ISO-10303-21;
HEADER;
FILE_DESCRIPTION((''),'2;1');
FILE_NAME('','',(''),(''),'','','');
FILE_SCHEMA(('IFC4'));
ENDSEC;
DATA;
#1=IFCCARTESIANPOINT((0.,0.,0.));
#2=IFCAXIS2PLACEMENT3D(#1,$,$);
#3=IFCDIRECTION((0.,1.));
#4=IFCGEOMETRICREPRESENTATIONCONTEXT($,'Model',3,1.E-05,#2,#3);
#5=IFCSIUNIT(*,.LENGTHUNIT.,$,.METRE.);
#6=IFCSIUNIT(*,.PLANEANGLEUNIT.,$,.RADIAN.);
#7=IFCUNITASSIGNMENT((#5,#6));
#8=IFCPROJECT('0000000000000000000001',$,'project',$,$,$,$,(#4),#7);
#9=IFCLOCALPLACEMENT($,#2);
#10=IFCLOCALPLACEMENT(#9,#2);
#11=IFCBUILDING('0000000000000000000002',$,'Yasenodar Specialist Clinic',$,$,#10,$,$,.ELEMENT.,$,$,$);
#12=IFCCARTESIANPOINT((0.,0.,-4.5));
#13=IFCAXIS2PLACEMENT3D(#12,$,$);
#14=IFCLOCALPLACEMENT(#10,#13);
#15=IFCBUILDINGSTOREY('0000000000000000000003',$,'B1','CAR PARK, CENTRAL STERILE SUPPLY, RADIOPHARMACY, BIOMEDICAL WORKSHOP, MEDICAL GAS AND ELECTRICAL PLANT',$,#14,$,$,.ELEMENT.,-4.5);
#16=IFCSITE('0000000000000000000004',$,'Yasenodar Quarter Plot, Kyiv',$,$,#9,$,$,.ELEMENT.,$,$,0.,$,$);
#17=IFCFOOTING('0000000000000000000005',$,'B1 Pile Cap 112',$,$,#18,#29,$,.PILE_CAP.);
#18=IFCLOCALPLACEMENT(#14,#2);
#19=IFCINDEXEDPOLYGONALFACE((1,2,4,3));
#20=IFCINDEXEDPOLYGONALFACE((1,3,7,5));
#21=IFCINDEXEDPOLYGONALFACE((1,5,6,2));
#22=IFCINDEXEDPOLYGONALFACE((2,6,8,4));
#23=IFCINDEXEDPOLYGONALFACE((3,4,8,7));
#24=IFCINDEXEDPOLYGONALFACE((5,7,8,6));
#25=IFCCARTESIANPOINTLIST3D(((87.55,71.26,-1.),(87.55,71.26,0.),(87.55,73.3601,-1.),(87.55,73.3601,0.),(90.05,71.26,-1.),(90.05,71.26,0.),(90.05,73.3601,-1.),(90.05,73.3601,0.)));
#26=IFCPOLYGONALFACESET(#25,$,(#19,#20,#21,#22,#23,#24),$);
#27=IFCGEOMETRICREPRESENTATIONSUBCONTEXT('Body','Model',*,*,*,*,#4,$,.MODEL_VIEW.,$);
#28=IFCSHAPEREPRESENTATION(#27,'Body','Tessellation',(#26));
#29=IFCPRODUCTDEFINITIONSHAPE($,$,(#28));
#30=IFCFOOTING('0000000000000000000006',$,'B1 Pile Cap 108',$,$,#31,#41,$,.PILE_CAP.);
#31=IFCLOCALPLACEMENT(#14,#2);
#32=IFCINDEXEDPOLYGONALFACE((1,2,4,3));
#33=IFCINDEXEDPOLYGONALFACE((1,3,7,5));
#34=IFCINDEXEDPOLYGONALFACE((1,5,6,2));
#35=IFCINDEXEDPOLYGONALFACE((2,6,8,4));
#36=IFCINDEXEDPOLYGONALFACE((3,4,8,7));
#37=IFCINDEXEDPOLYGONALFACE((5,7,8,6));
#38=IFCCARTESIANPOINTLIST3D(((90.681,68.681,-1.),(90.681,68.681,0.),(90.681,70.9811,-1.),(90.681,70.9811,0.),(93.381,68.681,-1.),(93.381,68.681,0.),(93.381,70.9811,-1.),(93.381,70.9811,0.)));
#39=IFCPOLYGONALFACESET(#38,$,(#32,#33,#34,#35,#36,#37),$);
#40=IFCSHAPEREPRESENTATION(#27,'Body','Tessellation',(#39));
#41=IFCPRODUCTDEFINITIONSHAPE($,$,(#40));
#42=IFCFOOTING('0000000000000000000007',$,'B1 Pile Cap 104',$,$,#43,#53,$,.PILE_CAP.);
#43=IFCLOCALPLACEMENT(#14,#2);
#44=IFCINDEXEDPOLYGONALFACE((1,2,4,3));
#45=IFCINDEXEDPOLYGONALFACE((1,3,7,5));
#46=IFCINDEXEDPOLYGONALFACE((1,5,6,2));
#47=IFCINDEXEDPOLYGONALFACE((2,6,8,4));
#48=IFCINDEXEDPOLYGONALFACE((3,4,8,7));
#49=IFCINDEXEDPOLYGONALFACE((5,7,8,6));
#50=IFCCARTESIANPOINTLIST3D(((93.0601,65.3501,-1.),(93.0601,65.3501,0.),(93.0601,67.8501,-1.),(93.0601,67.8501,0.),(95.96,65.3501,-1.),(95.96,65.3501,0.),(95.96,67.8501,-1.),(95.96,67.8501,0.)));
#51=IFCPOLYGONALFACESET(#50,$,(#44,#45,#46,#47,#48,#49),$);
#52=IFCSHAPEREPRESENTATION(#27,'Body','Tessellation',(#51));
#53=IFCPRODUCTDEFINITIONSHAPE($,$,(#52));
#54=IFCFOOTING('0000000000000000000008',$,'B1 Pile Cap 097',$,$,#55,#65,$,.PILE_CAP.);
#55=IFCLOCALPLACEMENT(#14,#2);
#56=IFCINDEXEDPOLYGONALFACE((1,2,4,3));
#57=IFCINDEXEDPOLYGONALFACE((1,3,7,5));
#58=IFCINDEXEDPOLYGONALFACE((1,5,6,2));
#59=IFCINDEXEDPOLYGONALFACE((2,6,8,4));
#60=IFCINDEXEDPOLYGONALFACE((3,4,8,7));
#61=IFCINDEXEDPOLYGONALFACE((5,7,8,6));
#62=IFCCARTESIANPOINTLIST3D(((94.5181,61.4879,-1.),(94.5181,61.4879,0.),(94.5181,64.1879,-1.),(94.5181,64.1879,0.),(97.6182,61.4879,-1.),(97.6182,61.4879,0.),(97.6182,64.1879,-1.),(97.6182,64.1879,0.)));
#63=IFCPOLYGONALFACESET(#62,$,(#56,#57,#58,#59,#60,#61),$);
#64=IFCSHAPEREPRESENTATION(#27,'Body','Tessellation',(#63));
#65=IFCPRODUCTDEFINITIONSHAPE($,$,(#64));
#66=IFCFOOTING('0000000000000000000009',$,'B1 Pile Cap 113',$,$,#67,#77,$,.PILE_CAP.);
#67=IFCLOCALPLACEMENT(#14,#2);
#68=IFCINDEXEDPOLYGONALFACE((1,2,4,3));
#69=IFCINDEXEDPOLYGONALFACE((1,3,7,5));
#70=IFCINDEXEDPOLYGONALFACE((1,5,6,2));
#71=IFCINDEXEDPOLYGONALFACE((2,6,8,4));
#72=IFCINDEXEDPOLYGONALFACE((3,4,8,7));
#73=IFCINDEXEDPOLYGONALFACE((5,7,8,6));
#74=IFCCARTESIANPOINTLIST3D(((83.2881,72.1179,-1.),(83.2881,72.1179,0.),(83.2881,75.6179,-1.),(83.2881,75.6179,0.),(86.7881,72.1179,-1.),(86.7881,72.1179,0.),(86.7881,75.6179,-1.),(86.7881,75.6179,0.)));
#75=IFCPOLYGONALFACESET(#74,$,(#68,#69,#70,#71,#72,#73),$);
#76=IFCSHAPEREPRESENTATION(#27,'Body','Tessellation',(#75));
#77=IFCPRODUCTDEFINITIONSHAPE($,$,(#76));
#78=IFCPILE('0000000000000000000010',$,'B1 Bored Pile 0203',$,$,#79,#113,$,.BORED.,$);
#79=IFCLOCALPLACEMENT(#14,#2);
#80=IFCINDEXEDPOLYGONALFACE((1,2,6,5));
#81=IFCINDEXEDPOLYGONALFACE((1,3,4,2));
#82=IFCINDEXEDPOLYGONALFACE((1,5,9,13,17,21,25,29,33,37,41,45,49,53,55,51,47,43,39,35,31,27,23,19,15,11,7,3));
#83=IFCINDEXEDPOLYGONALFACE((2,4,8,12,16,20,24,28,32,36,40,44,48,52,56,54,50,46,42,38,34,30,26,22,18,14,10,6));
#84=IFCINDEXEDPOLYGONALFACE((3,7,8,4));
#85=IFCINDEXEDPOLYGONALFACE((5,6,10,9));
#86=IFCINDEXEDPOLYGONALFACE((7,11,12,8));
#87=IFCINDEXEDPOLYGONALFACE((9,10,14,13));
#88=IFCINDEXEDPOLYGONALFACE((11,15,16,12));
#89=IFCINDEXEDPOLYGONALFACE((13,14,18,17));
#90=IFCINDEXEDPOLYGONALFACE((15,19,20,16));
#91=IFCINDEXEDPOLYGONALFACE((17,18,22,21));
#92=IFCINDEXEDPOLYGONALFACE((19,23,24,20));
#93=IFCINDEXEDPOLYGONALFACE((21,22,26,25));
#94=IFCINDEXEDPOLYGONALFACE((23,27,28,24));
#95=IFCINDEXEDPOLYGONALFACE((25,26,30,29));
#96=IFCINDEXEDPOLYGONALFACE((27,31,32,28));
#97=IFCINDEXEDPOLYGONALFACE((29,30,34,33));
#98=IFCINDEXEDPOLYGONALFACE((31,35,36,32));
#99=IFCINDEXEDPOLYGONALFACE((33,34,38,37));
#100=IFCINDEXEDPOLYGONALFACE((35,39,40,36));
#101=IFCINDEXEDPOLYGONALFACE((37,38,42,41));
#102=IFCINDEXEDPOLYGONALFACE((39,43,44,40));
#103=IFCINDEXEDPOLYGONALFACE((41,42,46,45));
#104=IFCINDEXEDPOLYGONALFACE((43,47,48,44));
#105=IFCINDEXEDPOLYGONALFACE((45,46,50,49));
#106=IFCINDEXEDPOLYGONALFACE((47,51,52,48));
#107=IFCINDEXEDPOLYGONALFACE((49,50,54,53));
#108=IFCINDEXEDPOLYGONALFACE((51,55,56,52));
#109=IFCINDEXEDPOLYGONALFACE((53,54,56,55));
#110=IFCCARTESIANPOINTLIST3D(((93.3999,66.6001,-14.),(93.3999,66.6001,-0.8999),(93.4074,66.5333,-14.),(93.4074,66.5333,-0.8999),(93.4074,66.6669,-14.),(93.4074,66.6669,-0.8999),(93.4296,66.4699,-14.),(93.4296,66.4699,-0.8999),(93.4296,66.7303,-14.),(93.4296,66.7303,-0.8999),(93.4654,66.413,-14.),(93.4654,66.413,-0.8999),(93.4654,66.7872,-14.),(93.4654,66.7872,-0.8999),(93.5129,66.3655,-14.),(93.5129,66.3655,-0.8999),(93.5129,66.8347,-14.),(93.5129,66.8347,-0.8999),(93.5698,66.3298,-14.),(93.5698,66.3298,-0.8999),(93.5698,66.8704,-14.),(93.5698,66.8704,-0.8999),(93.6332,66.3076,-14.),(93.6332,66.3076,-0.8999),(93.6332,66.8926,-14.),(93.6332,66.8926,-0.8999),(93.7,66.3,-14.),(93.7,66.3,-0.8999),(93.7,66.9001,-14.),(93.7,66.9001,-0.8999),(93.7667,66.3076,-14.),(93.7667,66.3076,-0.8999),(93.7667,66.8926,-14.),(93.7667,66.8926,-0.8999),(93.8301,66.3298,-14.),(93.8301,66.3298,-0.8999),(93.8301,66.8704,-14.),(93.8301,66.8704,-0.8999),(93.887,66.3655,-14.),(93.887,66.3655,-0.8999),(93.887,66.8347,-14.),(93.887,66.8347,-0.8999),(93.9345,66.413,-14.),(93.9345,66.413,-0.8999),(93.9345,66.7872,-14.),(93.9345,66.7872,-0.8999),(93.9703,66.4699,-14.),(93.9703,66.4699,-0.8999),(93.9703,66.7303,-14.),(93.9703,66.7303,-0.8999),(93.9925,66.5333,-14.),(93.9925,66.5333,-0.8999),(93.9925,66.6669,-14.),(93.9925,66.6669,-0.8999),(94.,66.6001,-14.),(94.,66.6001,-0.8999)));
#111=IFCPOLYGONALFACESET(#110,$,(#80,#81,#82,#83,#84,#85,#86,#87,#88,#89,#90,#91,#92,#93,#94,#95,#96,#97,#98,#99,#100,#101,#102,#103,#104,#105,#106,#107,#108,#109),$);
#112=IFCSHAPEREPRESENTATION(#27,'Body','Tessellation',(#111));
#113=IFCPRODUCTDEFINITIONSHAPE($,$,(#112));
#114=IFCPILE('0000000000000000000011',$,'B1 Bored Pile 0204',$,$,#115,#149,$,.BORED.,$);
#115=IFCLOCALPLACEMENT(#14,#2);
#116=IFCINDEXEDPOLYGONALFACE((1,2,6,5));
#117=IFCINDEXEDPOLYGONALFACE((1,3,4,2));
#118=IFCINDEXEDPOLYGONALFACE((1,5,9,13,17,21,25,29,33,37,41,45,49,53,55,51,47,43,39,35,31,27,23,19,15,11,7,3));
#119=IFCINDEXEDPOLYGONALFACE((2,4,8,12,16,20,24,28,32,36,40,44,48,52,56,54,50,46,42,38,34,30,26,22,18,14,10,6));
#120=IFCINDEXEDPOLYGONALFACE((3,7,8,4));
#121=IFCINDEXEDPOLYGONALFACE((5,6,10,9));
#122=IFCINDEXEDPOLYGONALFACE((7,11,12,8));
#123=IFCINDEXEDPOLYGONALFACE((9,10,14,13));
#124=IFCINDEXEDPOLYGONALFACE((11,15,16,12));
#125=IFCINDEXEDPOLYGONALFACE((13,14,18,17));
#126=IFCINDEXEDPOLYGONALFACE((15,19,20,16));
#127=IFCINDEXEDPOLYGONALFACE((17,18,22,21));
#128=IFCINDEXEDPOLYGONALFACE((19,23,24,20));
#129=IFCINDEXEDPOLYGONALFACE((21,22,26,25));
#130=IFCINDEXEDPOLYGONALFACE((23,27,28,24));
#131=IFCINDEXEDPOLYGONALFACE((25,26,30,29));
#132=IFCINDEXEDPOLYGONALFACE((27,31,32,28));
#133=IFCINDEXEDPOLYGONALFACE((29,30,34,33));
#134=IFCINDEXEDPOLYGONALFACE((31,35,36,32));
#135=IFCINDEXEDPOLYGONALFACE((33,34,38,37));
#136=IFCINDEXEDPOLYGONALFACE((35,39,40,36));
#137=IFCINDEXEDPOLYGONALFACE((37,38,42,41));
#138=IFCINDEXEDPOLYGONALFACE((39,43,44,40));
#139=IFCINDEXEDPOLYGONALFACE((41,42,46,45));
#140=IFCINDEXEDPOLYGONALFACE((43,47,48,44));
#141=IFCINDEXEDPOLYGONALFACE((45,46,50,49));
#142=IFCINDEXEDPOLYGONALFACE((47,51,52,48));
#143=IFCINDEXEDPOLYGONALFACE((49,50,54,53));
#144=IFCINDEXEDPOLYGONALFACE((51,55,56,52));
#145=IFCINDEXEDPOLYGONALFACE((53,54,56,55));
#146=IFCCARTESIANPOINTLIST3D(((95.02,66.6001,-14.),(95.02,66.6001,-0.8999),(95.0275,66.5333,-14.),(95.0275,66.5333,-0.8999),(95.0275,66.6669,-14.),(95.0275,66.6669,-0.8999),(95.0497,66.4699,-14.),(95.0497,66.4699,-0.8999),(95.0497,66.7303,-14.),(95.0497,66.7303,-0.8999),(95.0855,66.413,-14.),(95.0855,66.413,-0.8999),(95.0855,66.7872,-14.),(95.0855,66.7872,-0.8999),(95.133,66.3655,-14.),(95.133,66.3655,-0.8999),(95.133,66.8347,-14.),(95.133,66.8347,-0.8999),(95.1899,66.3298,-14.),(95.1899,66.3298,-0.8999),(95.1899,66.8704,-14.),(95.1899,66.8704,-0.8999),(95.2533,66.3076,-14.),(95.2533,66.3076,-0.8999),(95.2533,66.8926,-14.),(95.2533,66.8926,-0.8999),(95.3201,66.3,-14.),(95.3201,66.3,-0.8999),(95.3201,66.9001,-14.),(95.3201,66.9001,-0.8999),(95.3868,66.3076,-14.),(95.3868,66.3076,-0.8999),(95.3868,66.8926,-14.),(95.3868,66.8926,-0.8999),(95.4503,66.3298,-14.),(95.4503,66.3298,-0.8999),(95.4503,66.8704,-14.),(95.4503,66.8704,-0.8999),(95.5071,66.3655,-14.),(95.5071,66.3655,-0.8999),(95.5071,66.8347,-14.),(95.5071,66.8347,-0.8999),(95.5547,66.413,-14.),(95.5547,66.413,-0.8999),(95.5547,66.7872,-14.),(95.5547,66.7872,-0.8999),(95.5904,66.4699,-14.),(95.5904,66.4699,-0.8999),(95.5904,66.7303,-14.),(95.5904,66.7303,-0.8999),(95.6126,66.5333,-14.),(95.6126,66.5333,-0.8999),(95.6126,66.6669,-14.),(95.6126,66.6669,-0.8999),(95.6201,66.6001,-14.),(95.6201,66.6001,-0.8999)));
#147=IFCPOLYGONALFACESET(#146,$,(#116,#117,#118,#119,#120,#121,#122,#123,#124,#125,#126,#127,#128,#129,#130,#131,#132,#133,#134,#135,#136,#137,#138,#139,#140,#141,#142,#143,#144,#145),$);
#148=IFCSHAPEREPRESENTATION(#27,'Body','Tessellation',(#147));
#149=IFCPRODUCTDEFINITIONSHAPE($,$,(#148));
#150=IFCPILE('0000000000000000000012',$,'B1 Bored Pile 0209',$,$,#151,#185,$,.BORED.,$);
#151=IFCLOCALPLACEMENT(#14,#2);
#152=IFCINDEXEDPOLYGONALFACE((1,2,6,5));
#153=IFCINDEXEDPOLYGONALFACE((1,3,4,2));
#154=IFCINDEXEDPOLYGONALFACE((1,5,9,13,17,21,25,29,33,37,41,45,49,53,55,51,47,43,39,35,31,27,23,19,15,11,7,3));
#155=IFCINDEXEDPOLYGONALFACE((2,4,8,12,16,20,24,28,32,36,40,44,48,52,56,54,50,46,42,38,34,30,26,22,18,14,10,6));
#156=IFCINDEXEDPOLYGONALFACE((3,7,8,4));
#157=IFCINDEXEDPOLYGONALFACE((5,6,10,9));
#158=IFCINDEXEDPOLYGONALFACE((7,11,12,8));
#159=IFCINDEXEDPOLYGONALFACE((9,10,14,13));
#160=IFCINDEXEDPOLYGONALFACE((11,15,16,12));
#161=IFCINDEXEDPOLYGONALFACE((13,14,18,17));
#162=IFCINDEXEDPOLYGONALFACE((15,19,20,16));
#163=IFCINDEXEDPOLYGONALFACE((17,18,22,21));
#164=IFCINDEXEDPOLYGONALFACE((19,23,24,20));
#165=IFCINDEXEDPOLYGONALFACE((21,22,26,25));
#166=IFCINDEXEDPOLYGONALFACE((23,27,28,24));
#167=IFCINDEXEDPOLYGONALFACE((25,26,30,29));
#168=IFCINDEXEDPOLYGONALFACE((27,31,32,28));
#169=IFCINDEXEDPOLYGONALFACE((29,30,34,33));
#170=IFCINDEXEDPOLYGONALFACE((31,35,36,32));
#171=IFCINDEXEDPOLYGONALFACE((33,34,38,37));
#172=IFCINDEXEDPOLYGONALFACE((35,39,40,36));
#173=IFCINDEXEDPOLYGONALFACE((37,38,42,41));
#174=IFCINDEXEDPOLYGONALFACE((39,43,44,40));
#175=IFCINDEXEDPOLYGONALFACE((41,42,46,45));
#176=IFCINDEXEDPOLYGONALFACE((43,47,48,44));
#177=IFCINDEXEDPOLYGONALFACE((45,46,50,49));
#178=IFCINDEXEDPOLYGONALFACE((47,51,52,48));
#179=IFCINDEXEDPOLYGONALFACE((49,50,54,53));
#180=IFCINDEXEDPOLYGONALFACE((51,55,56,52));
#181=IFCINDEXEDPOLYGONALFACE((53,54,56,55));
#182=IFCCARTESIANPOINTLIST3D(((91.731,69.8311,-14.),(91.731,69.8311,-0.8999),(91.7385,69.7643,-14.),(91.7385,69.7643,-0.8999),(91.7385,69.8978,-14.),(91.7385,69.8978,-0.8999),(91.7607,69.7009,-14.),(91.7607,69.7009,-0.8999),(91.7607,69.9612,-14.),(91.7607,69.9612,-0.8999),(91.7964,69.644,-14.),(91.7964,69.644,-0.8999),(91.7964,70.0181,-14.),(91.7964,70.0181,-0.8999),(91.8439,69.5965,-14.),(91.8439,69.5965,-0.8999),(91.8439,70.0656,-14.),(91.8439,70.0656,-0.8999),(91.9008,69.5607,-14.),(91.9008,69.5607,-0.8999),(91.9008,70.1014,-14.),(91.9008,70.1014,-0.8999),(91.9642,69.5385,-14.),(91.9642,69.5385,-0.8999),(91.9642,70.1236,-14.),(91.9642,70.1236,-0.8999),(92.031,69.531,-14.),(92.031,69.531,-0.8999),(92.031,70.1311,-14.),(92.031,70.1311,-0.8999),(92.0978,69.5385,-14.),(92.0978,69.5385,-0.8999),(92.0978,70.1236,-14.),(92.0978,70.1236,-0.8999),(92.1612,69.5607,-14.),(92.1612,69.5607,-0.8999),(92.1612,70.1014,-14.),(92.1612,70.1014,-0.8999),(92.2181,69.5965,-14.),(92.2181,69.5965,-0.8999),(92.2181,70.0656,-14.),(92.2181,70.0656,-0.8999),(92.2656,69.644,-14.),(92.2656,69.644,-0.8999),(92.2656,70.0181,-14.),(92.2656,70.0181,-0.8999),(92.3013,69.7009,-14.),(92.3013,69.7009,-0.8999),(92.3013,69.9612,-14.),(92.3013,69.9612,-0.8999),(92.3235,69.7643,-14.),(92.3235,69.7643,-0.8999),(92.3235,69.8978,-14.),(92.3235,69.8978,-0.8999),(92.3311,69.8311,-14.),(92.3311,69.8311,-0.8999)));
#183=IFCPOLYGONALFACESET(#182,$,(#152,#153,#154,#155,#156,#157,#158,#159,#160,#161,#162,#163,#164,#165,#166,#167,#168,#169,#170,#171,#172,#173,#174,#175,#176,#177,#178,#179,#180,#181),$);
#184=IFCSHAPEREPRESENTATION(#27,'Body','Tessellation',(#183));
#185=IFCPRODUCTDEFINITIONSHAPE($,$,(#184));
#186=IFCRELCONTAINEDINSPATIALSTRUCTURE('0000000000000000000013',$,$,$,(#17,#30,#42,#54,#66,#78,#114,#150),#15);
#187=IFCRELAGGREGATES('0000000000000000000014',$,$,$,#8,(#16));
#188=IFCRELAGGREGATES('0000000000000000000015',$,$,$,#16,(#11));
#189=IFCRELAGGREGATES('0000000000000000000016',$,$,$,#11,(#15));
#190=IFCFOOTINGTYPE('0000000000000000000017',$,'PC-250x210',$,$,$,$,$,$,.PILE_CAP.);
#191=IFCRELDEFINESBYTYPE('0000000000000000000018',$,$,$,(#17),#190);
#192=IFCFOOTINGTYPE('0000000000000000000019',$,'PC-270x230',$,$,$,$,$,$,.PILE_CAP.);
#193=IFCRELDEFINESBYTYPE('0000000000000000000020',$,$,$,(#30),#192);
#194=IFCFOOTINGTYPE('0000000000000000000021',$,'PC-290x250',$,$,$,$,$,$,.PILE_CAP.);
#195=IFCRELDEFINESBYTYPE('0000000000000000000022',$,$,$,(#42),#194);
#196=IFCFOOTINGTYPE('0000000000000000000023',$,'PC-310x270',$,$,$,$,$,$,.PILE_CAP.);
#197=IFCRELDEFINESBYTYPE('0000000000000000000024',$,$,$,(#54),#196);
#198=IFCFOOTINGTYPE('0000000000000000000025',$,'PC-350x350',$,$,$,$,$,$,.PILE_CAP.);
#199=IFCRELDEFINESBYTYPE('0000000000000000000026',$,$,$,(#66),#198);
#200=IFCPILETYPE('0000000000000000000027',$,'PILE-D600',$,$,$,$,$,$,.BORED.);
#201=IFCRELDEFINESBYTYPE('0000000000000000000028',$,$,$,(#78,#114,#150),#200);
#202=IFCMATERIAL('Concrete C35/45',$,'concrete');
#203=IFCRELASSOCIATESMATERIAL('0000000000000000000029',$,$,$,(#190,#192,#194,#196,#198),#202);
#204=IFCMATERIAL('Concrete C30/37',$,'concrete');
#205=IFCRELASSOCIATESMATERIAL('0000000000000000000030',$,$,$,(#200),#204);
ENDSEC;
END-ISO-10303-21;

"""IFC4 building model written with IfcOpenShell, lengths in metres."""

from ifc_helpers import new_model, si_unit, direction, frame, origin, origin_2d, place, context, subcontext, project, spatial, rectangle, circle, extrude, material, material_profile, profile_set, type_object, element, save


model = new_model("IFC4")

# Units and contexts
model_context = context("Model", 3, precision=1e-05, world=origin(), true_north=direction((0.0, 1.0)))
body_context = subcontext(model_context, "Body", "Model", "MODEL_VIEW")
ifc_project = project(units=[si_unit("LENGTHUNIT", "METRE"), si_unit("PLANEANGLEUNIT", "RADIAN")], contexts=[model_context])

# Site, building, storey
site_placement = place(None, origin())
site = spatial("IfcSite", under=ifc_project, at=site_placement, Name="Yasenodar Quarter Plot, Kyiv", CompositionType="ELEMENT", RefElevation=0.0)
building_placement = place(site_placement, origin())
building = spatial("IfcBuilding", under=site, at=building_placement, Name="Yasenodar Specialist Clinic", CompositionType="ELEMENT")
storey_placement = place(building_placement, frame((0.0, 0.0, -4.5)))
storey = spatial("IfcBuildingStorey", under=building, at=storey_placement, Name="B1", Description="CAR PARK, CENTRAL STERILE SUPPLY, RADIOPHARMACY, BIOMEDICAL WORKSHOP, MEDICAL GAS AND ELECTRICAL PLANT", CompositionType="ELEMENT", Elevation=-4.5)

# Footings
ifc_material_1 = material(Name="Concrete C35/45", Category="concrete")
footing_type_1 = type_object("IfcFootingType", Name="PC-250x210", PredefinedType="PILE_CAP", material=ifc_material_1)
footing_1_placement = place(storey_placement, frame((88.8, 72.3101, -1.0), z_axis=(0.0, 0.0, 1.0), x_axis=(1.0, 0.0, 0.0)))
element("IfcFooting", 1, at=footing_1_placement, inside=storey, type_object=footing_type_1, Name="B1 Pile Cap 112", PredefinedType="PILE_CAP", context=body_context, shape_type="SweptSolid", body=[
    extrude(rectangle(XDim=2.5, YDim=2.1001, at=origin_2d()), origin(), (0.0, 0.0, 1.0), 1.0),
])
footing_type_2 = type_object("IfcFootingType", Name="PC-270x230", PredefinedType="PILE_CAP", material=ifc_material_1)
footing_2_placement = place(storey_placement, frame((92.031, 69.8311, -1.0), z_axis=(0.0, 0.0, 1.0), x_axis=(1.0, 0.0, 0.0)))
element("IfcFooting", 2, at=footing_2_placement, inside=storey, type_object=footing_type_2, Name="B1 Pile Cap 108", PredefinedType="PILE_CAP", context=body_context, shape_type="SweptSolid", body=[
    extrude(rectangle(XDim=2.7, YDim=2.3, at=origin_2d()), origin(), (0.0, 0.0, 1.0), 1.0),
])
footing_type_3 = type_object("IfcFootingType", Name="PC-290x250", PredefinedType="PILE_CAP", material=ifc_material_1)
footing_3_placement = place(storey_placement, frame((94.51, 66.6001, -1.0), z_axis=(0.0, 0.0, 1.0), x_axis=(1.0, 0.0, 0.0)))
element("IfcFooting", 3, at=footing_3_placement, inside=storey, type_object=footing_type_3, Name="B1 Pile Cap 104", PredefinedType="PILE_CAP", context=body_context, shape_type="SweptSolid", body=[
    extrude(rectangle(XDim=2.8999, YDim=2.5, at=origin_2d()), origin(), (0.0, 0.0, 1.0), 1.0),
])
footing_type_4 = type_object("IfcFootingType", Name="PC-310x270", PredefinedType="PILE_CAP", material=ifc_material_1)
footing_4_placement = place(storey_placement, frame((96.0681, 62.8379, -1.0), z_axis=(0.0, 0.0, 1.0), x_axis=(1.0, 0.0, 0.0)))
element("IfcFooting", 4, at=footing_4_placement, inside=storey, type_object=footing_type_4, Name="B1 Pile Cap 097", PredefinedType="PILE_CAP", context=body_context, shape_type="SweptSolid", body=[
    extrude(rectangle(XDim=3.1001, YDim=2.7, at=origin_2d()), origin(), (0.0, 0.0, 1.0), 1.0),
])
footing_type_5 = type_object("IfcFootingType", Name="PC-350x350", PredefinedType="PILE_CAP", material=ifc_material_1)
footing_5_placement = place(storey_placement, frame((85.0381, 73.8679, -1.0), z_axis=(0.0, 0.0, 1.0), x_axis=(1.0, 0.0, 0.0)))
element("IfcFooting", 5, at=footing_5_placement, inside=storey, type_object=footing_type_5, Name="B1 Pile Cap 113", PredefinedType="PILE_CAP", context=body_context, shape_type="SweptSolid", body=[
    extrude(rectangle(XDim=3.5, YDim=3.5, at=origin_2d()), origin(), (0.0, 0.0, 1.0), 1.0),
])

# Piles
ifc_material_2 = material(Name="Concrete C30/37", Category="concrete")
ifc_material_profile_1 = material_profile(ifc_material_2, circle(Radius=0.3, at=origin_2d()), Name="PILE D600")
ifc_profile_set_1 = profile_set([ifc_material_profile_1], Name="Concrete C30/37")
pile_type_1 = type_object("IfcPileType", Name="PILE-D600", PredefinedType="BORED", material=ifc_profile_set_1)
for number, where, z_axis, x_axis, name in (
    (6, (93.7, 66.6001, -0.8999), (0.0, 0.0, -1.0), (1.0, 0.0, 0.0), "B1 Bored Pile 0203"),
    (7, (95.3201, 66.6001, -0.8999), (0.0, 0.0, -1.0), (1.0, 0.0, 0.0), "B1 Bored Pile 0204"),
    (8, (92.031, 69.8311, -0.8999), (0.0, 0.0, -1.0), (1.0, 0.0, 0.0), "B1 Bored Pile 0209"),
):
    element("IfcPile", number, at=place(storey_placement, frame(where, z_axis=z_axis, x_axis=x_axis)), inside=storey, type_object=pile_type_1, Name=name, PredefinedType="BORED", context=body_context, shape_type="SweptSolid", body=[
        extrude(circle(Radius=0.3, at=origin_2d()), origin(), (0.0, 0.0, 1.0), 13.1001),
    ])

save(model, "model.ifc")
